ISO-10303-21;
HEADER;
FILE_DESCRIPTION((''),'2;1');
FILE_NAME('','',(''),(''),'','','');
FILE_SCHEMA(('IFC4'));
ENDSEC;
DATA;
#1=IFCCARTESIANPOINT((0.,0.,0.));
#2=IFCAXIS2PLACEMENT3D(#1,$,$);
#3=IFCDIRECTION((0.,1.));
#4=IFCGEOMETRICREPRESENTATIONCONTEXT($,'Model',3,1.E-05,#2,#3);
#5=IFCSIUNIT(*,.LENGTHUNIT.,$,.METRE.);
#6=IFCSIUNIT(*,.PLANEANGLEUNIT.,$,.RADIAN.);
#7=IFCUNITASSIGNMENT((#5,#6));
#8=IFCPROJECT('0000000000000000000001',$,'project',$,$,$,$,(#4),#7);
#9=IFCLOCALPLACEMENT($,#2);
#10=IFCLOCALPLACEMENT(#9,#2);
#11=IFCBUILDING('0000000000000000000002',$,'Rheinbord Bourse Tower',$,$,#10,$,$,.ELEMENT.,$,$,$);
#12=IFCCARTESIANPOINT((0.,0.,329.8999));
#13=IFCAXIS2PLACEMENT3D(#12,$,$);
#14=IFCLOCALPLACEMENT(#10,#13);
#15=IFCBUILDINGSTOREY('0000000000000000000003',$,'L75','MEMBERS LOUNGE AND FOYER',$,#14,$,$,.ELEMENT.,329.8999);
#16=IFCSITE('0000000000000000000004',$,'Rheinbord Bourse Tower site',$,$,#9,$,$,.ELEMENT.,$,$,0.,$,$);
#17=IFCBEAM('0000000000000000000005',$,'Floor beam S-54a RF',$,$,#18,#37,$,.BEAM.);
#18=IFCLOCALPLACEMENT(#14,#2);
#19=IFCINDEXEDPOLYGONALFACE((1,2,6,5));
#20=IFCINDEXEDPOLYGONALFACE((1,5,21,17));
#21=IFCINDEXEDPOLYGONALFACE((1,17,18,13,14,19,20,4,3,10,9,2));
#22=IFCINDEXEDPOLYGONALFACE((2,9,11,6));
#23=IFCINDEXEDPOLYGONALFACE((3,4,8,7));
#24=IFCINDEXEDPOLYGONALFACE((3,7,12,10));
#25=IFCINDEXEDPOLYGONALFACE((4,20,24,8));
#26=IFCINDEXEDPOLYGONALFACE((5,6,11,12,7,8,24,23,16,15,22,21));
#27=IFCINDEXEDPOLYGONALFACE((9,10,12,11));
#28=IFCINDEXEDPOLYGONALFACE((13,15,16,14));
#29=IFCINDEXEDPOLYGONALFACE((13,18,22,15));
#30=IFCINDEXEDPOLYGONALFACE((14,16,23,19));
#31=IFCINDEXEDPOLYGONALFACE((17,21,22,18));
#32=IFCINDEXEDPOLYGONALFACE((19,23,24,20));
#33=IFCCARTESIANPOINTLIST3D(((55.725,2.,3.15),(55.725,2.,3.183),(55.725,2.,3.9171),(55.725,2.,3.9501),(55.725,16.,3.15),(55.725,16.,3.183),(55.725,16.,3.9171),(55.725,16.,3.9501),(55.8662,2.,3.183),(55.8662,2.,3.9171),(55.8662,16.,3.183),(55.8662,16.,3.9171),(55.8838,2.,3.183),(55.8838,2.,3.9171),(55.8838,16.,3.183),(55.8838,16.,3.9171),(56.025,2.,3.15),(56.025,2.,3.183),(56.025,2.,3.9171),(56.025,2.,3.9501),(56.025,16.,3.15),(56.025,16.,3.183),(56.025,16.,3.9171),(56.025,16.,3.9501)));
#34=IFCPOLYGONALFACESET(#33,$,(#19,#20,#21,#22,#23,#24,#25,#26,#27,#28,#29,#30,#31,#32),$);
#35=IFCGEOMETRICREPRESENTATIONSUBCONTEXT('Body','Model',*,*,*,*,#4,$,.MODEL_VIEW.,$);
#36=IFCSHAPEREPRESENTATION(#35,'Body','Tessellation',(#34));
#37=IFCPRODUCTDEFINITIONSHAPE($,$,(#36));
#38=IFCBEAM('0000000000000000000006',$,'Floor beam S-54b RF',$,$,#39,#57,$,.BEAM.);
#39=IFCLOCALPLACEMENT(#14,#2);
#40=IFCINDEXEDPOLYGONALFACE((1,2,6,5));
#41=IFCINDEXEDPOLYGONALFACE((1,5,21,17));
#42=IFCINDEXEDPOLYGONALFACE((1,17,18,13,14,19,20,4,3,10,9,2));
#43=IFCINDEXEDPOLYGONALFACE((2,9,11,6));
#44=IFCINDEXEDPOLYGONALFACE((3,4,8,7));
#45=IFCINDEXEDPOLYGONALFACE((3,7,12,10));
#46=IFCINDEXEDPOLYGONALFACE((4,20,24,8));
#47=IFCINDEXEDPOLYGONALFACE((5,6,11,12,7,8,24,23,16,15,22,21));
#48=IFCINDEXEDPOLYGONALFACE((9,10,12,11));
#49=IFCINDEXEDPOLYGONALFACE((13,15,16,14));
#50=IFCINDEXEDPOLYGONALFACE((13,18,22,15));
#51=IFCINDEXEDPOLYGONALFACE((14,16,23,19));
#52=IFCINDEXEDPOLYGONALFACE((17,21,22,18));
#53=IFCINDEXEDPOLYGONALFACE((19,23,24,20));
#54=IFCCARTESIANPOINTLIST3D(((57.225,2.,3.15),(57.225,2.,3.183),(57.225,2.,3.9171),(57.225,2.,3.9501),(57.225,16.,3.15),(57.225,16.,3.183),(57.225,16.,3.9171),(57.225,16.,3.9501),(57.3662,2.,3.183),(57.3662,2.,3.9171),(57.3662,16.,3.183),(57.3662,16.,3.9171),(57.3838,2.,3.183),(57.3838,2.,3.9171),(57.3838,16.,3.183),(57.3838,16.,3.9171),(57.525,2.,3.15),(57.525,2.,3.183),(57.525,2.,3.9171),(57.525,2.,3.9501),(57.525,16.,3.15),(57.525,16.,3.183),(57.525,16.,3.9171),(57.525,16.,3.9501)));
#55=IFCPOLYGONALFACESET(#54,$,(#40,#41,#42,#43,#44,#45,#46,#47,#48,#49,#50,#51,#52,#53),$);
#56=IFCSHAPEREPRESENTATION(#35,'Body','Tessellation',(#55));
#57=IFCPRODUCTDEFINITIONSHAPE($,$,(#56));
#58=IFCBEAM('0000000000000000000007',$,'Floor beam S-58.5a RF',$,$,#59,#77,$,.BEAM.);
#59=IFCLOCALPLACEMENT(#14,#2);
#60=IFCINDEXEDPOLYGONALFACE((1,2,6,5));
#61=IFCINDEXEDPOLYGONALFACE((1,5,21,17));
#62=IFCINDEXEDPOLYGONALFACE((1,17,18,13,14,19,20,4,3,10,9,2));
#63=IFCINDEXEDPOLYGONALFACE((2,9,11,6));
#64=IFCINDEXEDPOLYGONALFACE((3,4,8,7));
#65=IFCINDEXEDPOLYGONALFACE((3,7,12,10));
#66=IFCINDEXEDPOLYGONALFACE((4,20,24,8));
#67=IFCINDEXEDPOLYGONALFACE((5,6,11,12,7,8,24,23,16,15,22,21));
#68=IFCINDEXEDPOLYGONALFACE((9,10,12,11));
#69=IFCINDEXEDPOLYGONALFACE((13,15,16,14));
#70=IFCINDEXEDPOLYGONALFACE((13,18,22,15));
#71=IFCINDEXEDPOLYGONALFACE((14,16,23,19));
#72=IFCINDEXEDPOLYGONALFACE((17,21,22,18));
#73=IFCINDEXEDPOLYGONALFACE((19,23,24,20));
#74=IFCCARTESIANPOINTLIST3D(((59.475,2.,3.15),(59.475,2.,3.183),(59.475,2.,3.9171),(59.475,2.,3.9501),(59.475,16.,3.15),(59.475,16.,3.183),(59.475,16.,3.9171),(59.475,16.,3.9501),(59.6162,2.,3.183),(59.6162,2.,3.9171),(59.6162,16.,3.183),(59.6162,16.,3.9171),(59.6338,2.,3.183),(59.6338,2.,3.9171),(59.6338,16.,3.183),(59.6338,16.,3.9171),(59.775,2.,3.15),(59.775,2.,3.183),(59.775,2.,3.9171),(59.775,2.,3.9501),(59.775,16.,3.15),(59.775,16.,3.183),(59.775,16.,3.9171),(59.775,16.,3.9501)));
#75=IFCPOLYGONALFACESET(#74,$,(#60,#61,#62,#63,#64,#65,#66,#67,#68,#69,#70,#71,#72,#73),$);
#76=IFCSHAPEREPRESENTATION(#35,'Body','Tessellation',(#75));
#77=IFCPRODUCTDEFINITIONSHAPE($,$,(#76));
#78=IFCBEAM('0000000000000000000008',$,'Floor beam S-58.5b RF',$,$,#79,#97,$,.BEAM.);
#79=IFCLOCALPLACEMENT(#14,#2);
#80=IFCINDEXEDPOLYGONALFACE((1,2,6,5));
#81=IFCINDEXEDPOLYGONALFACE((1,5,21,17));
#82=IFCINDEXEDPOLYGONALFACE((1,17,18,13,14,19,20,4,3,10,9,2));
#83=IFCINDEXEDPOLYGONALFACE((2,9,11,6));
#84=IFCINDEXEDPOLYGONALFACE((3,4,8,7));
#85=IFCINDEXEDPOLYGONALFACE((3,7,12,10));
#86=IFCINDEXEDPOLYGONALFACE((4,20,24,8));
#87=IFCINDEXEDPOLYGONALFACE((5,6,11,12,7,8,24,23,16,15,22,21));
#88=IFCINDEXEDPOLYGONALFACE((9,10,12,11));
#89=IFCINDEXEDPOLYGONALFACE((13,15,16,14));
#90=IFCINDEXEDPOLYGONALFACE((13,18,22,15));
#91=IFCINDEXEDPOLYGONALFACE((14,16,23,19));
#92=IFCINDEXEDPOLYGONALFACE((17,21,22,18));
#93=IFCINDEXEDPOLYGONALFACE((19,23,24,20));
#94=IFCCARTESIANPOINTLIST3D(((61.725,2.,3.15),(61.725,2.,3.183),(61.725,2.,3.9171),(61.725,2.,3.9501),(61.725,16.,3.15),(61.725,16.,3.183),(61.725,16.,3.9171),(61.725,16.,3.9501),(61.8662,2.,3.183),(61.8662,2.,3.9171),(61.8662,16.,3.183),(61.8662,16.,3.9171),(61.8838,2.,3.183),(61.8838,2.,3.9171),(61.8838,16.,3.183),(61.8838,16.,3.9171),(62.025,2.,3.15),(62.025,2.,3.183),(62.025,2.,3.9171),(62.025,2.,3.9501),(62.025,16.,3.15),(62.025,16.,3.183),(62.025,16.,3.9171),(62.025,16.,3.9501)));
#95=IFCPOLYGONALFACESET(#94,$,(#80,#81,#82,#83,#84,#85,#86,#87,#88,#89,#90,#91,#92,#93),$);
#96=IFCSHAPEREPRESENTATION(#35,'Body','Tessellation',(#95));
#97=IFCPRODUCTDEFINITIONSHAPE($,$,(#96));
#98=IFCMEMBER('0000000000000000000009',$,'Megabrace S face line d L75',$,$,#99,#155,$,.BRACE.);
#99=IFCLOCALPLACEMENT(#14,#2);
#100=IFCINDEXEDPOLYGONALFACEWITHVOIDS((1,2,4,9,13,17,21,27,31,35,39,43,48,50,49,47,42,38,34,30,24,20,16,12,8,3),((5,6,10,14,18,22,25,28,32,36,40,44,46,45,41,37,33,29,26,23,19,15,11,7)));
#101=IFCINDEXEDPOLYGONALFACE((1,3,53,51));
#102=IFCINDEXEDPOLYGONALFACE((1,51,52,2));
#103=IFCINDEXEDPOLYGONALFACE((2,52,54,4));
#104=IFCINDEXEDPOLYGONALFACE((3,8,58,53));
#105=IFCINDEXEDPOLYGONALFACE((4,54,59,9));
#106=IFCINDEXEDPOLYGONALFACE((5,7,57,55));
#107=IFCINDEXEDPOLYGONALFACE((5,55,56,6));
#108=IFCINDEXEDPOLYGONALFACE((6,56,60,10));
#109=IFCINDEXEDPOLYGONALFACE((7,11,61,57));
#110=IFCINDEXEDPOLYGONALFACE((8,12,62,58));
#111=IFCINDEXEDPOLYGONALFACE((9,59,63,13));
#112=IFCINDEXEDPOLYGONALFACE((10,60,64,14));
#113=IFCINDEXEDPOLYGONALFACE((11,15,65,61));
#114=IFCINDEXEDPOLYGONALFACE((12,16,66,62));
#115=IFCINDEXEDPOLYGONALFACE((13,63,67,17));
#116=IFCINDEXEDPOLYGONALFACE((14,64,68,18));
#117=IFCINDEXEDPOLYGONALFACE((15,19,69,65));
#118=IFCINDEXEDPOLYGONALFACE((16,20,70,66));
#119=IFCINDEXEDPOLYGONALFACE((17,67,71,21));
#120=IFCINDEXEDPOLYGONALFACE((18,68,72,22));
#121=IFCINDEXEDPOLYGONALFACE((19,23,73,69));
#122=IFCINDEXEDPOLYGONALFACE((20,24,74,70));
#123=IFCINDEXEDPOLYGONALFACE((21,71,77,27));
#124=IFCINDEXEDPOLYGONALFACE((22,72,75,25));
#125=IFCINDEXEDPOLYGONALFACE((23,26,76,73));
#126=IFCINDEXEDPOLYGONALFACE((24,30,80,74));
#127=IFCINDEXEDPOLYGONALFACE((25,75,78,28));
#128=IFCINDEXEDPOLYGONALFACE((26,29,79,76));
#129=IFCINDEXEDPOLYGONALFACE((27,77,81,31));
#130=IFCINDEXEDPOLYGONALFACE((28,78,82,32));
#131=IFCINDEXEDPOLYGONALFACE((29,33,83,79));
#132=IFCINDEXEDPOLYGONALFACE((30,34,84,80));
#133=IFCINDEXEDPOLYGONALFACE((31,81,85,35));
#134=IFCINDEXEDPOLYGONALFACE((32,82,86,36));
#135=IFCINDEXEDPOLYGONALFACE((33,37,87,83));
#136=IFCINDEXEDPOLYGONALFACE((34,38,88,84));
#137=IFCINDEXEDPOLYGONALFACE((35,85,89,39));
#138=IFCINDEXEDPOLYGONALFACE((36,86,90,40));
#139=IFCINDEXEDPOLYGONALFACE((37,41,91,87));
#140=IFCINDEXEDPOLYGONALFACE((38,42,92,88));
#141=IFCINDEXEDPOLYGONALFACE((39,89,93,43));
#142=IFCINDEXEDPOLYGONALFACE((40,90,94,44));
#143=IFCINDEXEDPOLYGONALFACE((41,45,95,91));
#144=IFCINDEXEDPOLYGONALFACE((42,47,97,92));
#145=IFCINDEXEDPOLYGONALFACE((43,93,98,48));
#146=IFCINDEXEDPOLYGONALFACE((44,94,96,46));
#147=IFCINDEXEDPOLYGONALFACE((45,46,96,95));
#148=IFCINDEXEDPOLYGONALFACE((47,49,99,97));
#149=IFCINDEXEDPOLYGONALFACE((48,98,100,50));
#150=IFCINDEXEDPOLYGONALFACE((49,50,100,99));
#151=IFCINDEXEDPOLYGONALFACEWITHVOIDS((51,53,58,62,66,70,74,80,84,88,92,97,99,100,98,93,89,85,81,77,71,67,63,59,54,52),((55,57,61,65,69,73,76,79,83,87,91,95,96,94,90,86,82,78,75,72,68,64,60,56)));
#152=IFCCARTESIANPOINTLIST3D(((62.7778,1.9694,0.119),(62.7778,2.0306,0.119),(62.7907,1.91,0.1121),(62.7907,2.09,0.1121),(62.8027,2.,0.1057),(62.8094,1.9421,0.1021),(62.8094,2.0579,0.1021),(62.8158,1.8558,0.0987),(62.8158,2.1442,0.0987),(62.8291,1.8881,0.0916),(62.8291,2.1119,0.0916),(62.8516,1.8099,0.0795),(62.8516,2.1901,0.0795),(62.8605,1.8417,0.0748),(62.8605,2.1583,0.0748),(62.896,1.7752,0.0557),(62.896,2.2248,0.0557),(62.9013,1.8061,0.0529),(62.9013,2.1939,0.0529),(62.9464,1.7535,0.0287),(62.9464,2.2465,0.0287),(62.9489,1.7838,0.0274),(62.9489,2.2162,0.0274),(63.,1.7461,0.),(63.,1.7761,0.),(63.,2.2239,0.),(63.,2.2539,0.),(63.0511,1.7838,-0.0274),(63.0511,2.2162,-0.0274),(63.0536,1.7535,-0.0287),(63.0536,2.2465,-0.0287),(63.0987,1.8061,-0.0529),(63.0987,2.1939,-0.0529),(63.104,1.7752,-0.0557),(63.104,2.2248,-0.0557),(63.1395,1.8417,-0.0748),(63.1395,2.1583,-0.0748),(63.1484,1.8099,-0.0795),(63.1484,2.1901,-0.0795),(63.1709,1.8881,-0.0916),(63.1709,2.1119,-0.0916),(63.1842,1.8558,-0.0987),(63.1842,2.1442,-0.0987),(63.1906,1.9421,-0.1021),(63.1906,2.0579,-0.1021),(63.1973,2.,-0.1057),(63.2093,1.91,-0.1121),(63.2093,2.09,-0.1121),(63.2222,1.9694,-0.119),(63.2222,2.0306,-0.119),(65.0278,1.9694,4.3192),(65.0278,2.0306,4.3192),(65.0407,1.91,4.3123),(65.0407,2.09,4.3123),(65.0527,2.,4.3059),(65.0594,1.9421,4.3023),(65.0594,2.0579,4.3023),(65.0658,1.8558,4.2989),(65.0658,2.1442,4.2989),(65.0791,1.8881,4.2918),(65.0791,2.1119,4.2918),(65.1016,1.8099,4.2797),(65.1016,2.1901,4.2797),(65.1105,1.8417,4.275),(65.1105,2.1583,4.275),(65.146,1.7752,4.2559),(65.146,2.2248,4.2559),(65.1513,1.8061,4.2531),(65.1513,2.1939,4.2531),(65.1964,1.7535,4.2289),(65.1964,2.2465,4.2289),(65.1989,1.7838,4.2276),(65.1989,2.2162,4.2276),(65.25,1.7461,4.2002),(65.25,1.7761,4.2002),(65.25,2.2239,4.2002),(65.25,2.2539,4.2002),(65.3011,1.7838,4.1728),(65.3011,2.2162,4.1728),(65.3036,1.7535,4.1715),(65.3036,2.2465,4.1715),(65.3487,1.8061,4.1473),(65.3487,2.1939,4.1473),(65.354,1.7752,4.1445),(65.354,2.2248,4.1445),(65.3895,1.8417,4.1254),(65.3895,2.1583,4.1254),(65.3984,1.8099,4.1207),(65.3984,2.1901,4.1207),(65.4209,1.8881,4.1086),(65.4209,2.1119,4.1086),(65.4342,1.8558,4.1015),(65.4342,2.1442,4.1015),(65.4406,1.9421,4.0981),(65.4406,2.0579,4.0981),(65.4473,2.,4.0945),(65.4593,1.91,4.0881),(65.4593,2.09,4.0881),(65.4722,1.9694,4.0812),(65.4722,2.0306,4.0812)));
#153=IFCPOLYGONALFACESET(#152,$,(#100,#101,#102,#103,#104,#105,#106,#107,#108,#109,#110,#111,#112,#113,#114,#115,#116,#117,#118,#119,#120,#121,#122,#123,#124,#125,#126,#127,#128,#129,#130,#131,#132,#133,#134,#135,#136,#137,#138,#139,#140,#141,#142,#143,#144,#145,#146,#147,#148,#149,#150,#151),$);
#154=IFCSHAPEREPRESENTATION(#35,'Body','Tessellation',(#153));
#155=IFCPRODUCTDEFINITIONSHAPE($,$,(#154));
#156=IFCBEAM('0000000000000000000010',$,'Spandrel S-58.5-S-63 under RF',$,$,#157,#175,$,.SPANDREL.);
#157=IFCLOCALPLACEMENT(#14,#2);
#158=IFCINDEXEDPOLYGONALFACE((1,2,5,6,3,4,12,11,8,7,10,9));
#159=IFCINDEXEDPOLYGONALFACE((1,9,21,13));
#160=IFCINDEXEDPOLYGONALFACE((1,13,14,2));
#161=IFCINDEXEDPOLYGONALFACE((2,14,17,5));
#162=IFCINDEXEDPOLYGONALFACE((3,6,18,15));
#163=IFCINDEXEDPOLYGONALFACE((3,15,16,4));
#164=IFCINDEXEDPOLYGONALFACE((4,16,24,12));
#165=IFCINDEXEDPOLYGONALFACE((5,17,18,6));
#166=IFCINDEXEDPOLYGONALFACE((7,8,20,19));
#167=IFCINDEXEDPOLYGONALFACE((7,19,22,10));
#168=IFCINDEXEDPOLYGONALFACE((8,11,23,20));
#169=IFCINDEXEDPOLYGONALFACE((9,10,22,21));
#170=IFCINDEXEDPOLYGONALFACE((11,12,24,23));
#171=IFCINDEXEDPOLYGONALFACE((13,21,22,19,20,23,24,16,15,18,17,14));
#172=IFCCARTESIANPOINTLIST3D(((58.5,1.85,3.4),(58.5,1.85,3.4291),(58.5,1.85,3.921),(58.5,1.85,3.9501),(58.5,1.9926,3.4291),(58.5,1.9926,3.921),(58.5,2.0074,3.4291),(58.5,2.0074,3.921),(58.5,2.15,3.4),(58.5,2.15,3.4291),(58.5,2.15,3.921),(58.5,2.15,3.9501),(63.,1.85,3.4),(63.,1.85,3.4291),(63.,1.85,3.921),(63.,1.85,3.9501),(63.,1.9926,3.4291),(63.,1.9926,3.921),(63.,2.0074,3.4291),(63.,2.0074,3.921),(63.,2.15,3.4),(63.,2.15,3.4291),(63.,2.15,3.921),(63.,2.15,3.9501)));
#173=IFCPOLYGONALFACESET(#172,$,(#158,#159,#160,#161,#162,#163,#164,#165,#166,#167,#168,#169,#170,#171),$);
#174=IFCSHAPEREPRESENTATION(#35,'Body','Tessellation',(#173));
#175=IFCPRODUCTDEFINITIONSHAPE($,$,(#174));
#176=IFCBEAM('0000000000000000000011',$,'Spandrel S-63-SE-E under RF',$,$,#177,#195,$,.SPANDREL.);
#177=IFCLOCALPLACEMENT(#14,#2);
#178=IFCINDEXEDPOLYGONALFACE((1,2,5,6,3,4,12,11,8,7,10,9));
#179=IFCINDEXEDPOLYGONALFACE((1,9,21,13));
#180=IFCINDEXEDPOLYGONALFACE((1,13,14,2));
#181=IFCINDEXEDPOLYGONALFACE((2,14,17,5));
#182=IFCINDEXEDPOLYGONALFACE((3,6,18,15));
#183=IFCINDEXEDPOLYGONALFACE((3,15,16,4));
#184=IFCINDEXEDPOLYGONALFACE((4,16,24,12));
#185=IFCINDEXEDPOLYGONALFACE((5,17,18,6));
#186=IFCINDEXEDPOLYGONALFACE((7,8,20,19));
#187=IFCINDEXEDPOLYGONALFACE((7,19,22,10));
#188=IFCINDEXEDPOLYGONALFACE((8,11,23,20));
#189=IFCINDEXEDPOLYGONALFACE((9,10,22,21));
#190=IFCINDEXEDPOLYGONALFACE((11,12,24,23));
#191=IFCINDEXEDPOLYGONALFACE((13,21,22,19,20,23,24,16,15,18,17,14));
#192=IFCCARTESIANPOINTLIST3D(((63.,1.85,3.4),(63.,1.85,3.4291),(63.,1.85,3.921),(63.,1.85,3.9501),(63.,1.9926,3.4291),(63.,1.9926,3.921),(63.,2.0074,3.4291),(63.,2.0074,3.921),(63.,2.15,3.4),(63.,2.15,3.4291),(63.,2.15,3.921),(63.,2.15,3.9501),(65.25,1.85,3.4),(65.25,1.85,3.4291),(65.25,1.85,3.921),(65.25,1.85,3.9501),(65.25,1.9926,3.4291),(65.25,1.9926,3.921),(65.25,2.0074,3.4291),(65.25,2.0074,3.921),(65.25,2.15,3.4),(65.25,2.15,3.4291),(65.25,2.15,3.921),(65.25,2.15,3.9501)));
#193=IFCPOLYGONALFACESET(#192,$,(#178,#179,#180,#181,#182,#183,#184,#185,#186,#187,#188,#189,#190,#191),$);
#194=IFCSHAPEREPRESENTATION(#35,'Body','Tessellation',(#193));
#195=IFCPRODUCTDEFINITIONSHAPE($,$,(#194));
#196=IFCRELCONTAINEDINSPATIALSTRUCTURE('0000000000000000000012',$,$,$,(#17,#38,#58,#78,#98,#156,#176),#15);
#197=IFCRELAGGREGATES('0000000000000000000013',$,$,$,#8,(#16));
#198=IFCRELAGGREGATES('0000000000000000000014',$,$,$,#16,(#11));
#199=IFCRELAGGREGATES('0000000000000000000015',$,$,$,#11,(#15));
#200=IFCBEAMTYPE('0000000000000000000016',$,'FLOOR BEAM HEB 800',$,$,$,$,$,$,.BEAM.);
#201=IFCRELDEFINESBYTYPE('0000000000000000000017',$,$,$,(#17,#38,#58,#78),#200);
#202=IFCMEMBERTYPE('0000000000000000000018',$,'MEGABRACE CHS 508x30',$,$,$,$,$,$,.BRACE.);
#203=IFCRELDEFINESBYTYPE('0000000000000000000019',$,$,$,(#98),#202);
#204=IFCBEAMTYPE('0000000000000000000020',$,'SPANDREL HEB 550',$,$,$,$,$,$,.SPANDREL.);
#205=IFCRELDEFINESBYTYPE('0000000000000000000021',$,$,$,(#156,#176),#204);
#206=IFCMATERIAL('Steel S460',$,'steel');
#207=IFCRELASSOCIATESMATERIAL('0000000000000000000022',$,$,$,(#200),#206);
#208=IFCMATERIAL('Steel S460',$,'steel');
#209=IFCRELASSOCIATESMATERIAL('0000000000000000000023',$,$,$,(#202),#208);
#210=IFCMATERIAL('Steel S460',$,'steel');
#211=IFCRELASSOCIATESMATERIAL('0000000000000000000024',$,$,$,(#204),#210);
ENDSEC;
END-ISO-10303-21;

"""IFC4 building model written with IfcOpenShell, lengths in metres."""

from ifc_helpers import new_model, si_unit, direction, frame, origin, origin_2d, place, context, subcontext, project, spatial, hollow_circle, i_section, extrude, material, material_profile, profile_set, type_object, element, save


model = new_model("IFC4")

# Units and contexts
model_context = context("Model", 3, precision=1e-05, world=origin(), true_north=direction((0.0, 1.0)))
body_context = subcontext(model_context, "Body", "Model", "MODEL_VIEW")
ifc_project = project(units=[si_unit("LENGTHUNIT", "METRE"), si_unit("PLANEANGLEUNIT", "RADIAN")], contexts=[model_context])

# Site, building, storey
site_placement = place(None, origin())
site = spatial("IfcSite", under=ifc_project, at=site_placement, Name="Rheinbord Bourse Tower site", CompositionType="ELEMENT", RefElevation=0.0)
building_placement = place(site_placement, origin())
building = spatial("IfcBuilding", under=site, at=building_placement, Name="Rheinbord Bourse Tower", CompositionType="ELEMENT")
storey_placement = place(building_placement, frame((0.0, 0.0, 329.8999)))
storey = spatial("IfcBuildingStorey", under=building, at=storey_placement, Name="L75", Description="MEMBERS LOUNGE AND FOYER", CompositionType="ELEMENT", Elevation=329.8999)

# Beams
ifc_material_1 = material(Name="Steel S460", Category="steel")
ifc_material_profile_1 = material_profile(ifc_material_1, i_section(OverallWidth=0.3, OverallDepth=0.8, WebThickness=0.0176, FlangeThickness=0.033, at=origin_2d()), Name="HEB 800")
ifc_profile_set_1 = profile_set([ifc_material_profile_1], Name="Steel S460")
beam_type_1 = type_object("IfcBeamType", Name="FLOOR BEAM HEB 800", PredefinedType="BEAM", material=ifc_profile_set_1)
for number, where, z_axis, x_axis, name in (
    (1, (55.875, 2.0, 3.55), (0.0, 1.0, 0.0), (-1.0, 0.0, 0.0), "Floor beam S-54a RF"),
    (2, (57.375, 2.0, 3.55), (0.0, 1.0, 0.0), (-1.0, 0.0, 0.0), "Floor beam S-54b RF"),
    (3, (59.625, 2.0, 3.55), (0.0, 1.0, 0.0), (-1.0, 0.0, 0.0), "Floor beam S-58.5a RF"),
    (4, (61.875, 2.0, 3.55), (0.0, 1.0, 0.0), (-1.0, 0.0, 0.0), "Floor beam S-58.5b RF"),
):
    element("IfcBeam", number, at=place(storey_placement, frame(where, z_axis=z_axis, x_axis=x_axis)), inside=storey, type_object=beam_type_1, Name=name, PredefinedType="BEAM", context=body_context, shape_type="SweptSolid", body=[
        extrude(i_section(OverallWidth=0.3, OverallDepth=0.8, WebThickness=0.0176, FlangeThickness=0.033, at=origin_2d()), origin(), (0.0, 0.0, 1.0), 14.0),
    ])

# Member
ifc_material_2 = material(Name="Steel S460", Category="steel")
ifc_material_profile_2 = material_profile(ifc_material_2, hollow_circle(Radius=0.2539, WallThickness=0.03, at=origin_2d()), Name="CHS 508x30")
ifc_profile_set_2 = profile_set([ifc_material_profile_2], Name="Steel S460")
member_type_1 = type_object("IfcMemberType", Name="MEGABRACE CHS 508x30", PredefinedType="BRACE", material=ifc_profile_set_2)
member_1_placement = place(storey_placement, frame((63.0, 2.0, 0.0), z_axis=(0.472204, 0.0, 0.881489), x_axis=(0.0, 1.0, 0.0)))
element("IfcMember", 5, at=member_1_placement, inside=storey, type_object=member_type_1, Name="Megabrace S face line d L75", PredefinedType="BRACE", context=body_context, shape_type="SweptSolid", body=[
    extrude(hollow_circle(Radius=0.2539, WallThickness=0.03, at=origin_2d()), origin(), (0.0, 0.0, 1.0), 4.7649),
])

# Beams
ifc_material_3 = material(Name="Steel S460", Category="steel")
ifc_material_profile_3 = material_profile(ifc_material_3, i_section(OverallWidth=0.3, OverallDepth=0.55, WebThickness=0.0149, FlangeThickness=0.0291, at=origin_2d()), Name="HEB 550")
ifc_profile_set_3 = profile_set([ifc_material_profile_3], Name="Steel S460")
beam_type_2 = type_object("IfcBeamType", Name="SPANDREL HEB 550", PredefinedType="SPANDREL", material=ifc_profile_set_3)
beam_1_placement = place(storey_placement, frame((58.5, 2.0, 3.675), z_axis=(1.0, 0.0, 0.0), x_axis=(0.0, 1.0, 0.0)))
element("IfcBeam", 6, at=beam_1_placement, inside=storey, type_object=beam_type_2, Name="Spandrel S-58.5-S-63 under RF", PredefinedType="SPANDREL", context=body_context, shape_type="SweptSolid", body=[
    extrude(i_section(OverallWidth=0.3, OverallDepth=0.55, WebThickness=0.0149, FlangeThickness=0.0291, at=origin_2d()), origin(), (0.0, 0.0, 1.0), 4.5),
])
beam_2_placement = place(storey_placement, frame((63.0, 2.0, 3.675), z_axis=(1.0, 0.0, 0.0), x_axis=(0.0, 1.0, 0.0)))
element("IfcBeam", 7, at=beam_2_placement, inside=storey, type_object=beam_type_2, Name="Spandrel S-63-SE-E under RF", PredefinedType="SPANDREL", context=body_context, shape_type="SweptSolid", body=[
    extrude(i_section(OverallWidth=0.3, OverallDepth=0.55, WebThickness=0.0149, FlangeThickness=0.0291, at=origin_2d()), origin(), (0.0, 0.0, 1.0), 2.25),
])

save(model, "model.ifc")
